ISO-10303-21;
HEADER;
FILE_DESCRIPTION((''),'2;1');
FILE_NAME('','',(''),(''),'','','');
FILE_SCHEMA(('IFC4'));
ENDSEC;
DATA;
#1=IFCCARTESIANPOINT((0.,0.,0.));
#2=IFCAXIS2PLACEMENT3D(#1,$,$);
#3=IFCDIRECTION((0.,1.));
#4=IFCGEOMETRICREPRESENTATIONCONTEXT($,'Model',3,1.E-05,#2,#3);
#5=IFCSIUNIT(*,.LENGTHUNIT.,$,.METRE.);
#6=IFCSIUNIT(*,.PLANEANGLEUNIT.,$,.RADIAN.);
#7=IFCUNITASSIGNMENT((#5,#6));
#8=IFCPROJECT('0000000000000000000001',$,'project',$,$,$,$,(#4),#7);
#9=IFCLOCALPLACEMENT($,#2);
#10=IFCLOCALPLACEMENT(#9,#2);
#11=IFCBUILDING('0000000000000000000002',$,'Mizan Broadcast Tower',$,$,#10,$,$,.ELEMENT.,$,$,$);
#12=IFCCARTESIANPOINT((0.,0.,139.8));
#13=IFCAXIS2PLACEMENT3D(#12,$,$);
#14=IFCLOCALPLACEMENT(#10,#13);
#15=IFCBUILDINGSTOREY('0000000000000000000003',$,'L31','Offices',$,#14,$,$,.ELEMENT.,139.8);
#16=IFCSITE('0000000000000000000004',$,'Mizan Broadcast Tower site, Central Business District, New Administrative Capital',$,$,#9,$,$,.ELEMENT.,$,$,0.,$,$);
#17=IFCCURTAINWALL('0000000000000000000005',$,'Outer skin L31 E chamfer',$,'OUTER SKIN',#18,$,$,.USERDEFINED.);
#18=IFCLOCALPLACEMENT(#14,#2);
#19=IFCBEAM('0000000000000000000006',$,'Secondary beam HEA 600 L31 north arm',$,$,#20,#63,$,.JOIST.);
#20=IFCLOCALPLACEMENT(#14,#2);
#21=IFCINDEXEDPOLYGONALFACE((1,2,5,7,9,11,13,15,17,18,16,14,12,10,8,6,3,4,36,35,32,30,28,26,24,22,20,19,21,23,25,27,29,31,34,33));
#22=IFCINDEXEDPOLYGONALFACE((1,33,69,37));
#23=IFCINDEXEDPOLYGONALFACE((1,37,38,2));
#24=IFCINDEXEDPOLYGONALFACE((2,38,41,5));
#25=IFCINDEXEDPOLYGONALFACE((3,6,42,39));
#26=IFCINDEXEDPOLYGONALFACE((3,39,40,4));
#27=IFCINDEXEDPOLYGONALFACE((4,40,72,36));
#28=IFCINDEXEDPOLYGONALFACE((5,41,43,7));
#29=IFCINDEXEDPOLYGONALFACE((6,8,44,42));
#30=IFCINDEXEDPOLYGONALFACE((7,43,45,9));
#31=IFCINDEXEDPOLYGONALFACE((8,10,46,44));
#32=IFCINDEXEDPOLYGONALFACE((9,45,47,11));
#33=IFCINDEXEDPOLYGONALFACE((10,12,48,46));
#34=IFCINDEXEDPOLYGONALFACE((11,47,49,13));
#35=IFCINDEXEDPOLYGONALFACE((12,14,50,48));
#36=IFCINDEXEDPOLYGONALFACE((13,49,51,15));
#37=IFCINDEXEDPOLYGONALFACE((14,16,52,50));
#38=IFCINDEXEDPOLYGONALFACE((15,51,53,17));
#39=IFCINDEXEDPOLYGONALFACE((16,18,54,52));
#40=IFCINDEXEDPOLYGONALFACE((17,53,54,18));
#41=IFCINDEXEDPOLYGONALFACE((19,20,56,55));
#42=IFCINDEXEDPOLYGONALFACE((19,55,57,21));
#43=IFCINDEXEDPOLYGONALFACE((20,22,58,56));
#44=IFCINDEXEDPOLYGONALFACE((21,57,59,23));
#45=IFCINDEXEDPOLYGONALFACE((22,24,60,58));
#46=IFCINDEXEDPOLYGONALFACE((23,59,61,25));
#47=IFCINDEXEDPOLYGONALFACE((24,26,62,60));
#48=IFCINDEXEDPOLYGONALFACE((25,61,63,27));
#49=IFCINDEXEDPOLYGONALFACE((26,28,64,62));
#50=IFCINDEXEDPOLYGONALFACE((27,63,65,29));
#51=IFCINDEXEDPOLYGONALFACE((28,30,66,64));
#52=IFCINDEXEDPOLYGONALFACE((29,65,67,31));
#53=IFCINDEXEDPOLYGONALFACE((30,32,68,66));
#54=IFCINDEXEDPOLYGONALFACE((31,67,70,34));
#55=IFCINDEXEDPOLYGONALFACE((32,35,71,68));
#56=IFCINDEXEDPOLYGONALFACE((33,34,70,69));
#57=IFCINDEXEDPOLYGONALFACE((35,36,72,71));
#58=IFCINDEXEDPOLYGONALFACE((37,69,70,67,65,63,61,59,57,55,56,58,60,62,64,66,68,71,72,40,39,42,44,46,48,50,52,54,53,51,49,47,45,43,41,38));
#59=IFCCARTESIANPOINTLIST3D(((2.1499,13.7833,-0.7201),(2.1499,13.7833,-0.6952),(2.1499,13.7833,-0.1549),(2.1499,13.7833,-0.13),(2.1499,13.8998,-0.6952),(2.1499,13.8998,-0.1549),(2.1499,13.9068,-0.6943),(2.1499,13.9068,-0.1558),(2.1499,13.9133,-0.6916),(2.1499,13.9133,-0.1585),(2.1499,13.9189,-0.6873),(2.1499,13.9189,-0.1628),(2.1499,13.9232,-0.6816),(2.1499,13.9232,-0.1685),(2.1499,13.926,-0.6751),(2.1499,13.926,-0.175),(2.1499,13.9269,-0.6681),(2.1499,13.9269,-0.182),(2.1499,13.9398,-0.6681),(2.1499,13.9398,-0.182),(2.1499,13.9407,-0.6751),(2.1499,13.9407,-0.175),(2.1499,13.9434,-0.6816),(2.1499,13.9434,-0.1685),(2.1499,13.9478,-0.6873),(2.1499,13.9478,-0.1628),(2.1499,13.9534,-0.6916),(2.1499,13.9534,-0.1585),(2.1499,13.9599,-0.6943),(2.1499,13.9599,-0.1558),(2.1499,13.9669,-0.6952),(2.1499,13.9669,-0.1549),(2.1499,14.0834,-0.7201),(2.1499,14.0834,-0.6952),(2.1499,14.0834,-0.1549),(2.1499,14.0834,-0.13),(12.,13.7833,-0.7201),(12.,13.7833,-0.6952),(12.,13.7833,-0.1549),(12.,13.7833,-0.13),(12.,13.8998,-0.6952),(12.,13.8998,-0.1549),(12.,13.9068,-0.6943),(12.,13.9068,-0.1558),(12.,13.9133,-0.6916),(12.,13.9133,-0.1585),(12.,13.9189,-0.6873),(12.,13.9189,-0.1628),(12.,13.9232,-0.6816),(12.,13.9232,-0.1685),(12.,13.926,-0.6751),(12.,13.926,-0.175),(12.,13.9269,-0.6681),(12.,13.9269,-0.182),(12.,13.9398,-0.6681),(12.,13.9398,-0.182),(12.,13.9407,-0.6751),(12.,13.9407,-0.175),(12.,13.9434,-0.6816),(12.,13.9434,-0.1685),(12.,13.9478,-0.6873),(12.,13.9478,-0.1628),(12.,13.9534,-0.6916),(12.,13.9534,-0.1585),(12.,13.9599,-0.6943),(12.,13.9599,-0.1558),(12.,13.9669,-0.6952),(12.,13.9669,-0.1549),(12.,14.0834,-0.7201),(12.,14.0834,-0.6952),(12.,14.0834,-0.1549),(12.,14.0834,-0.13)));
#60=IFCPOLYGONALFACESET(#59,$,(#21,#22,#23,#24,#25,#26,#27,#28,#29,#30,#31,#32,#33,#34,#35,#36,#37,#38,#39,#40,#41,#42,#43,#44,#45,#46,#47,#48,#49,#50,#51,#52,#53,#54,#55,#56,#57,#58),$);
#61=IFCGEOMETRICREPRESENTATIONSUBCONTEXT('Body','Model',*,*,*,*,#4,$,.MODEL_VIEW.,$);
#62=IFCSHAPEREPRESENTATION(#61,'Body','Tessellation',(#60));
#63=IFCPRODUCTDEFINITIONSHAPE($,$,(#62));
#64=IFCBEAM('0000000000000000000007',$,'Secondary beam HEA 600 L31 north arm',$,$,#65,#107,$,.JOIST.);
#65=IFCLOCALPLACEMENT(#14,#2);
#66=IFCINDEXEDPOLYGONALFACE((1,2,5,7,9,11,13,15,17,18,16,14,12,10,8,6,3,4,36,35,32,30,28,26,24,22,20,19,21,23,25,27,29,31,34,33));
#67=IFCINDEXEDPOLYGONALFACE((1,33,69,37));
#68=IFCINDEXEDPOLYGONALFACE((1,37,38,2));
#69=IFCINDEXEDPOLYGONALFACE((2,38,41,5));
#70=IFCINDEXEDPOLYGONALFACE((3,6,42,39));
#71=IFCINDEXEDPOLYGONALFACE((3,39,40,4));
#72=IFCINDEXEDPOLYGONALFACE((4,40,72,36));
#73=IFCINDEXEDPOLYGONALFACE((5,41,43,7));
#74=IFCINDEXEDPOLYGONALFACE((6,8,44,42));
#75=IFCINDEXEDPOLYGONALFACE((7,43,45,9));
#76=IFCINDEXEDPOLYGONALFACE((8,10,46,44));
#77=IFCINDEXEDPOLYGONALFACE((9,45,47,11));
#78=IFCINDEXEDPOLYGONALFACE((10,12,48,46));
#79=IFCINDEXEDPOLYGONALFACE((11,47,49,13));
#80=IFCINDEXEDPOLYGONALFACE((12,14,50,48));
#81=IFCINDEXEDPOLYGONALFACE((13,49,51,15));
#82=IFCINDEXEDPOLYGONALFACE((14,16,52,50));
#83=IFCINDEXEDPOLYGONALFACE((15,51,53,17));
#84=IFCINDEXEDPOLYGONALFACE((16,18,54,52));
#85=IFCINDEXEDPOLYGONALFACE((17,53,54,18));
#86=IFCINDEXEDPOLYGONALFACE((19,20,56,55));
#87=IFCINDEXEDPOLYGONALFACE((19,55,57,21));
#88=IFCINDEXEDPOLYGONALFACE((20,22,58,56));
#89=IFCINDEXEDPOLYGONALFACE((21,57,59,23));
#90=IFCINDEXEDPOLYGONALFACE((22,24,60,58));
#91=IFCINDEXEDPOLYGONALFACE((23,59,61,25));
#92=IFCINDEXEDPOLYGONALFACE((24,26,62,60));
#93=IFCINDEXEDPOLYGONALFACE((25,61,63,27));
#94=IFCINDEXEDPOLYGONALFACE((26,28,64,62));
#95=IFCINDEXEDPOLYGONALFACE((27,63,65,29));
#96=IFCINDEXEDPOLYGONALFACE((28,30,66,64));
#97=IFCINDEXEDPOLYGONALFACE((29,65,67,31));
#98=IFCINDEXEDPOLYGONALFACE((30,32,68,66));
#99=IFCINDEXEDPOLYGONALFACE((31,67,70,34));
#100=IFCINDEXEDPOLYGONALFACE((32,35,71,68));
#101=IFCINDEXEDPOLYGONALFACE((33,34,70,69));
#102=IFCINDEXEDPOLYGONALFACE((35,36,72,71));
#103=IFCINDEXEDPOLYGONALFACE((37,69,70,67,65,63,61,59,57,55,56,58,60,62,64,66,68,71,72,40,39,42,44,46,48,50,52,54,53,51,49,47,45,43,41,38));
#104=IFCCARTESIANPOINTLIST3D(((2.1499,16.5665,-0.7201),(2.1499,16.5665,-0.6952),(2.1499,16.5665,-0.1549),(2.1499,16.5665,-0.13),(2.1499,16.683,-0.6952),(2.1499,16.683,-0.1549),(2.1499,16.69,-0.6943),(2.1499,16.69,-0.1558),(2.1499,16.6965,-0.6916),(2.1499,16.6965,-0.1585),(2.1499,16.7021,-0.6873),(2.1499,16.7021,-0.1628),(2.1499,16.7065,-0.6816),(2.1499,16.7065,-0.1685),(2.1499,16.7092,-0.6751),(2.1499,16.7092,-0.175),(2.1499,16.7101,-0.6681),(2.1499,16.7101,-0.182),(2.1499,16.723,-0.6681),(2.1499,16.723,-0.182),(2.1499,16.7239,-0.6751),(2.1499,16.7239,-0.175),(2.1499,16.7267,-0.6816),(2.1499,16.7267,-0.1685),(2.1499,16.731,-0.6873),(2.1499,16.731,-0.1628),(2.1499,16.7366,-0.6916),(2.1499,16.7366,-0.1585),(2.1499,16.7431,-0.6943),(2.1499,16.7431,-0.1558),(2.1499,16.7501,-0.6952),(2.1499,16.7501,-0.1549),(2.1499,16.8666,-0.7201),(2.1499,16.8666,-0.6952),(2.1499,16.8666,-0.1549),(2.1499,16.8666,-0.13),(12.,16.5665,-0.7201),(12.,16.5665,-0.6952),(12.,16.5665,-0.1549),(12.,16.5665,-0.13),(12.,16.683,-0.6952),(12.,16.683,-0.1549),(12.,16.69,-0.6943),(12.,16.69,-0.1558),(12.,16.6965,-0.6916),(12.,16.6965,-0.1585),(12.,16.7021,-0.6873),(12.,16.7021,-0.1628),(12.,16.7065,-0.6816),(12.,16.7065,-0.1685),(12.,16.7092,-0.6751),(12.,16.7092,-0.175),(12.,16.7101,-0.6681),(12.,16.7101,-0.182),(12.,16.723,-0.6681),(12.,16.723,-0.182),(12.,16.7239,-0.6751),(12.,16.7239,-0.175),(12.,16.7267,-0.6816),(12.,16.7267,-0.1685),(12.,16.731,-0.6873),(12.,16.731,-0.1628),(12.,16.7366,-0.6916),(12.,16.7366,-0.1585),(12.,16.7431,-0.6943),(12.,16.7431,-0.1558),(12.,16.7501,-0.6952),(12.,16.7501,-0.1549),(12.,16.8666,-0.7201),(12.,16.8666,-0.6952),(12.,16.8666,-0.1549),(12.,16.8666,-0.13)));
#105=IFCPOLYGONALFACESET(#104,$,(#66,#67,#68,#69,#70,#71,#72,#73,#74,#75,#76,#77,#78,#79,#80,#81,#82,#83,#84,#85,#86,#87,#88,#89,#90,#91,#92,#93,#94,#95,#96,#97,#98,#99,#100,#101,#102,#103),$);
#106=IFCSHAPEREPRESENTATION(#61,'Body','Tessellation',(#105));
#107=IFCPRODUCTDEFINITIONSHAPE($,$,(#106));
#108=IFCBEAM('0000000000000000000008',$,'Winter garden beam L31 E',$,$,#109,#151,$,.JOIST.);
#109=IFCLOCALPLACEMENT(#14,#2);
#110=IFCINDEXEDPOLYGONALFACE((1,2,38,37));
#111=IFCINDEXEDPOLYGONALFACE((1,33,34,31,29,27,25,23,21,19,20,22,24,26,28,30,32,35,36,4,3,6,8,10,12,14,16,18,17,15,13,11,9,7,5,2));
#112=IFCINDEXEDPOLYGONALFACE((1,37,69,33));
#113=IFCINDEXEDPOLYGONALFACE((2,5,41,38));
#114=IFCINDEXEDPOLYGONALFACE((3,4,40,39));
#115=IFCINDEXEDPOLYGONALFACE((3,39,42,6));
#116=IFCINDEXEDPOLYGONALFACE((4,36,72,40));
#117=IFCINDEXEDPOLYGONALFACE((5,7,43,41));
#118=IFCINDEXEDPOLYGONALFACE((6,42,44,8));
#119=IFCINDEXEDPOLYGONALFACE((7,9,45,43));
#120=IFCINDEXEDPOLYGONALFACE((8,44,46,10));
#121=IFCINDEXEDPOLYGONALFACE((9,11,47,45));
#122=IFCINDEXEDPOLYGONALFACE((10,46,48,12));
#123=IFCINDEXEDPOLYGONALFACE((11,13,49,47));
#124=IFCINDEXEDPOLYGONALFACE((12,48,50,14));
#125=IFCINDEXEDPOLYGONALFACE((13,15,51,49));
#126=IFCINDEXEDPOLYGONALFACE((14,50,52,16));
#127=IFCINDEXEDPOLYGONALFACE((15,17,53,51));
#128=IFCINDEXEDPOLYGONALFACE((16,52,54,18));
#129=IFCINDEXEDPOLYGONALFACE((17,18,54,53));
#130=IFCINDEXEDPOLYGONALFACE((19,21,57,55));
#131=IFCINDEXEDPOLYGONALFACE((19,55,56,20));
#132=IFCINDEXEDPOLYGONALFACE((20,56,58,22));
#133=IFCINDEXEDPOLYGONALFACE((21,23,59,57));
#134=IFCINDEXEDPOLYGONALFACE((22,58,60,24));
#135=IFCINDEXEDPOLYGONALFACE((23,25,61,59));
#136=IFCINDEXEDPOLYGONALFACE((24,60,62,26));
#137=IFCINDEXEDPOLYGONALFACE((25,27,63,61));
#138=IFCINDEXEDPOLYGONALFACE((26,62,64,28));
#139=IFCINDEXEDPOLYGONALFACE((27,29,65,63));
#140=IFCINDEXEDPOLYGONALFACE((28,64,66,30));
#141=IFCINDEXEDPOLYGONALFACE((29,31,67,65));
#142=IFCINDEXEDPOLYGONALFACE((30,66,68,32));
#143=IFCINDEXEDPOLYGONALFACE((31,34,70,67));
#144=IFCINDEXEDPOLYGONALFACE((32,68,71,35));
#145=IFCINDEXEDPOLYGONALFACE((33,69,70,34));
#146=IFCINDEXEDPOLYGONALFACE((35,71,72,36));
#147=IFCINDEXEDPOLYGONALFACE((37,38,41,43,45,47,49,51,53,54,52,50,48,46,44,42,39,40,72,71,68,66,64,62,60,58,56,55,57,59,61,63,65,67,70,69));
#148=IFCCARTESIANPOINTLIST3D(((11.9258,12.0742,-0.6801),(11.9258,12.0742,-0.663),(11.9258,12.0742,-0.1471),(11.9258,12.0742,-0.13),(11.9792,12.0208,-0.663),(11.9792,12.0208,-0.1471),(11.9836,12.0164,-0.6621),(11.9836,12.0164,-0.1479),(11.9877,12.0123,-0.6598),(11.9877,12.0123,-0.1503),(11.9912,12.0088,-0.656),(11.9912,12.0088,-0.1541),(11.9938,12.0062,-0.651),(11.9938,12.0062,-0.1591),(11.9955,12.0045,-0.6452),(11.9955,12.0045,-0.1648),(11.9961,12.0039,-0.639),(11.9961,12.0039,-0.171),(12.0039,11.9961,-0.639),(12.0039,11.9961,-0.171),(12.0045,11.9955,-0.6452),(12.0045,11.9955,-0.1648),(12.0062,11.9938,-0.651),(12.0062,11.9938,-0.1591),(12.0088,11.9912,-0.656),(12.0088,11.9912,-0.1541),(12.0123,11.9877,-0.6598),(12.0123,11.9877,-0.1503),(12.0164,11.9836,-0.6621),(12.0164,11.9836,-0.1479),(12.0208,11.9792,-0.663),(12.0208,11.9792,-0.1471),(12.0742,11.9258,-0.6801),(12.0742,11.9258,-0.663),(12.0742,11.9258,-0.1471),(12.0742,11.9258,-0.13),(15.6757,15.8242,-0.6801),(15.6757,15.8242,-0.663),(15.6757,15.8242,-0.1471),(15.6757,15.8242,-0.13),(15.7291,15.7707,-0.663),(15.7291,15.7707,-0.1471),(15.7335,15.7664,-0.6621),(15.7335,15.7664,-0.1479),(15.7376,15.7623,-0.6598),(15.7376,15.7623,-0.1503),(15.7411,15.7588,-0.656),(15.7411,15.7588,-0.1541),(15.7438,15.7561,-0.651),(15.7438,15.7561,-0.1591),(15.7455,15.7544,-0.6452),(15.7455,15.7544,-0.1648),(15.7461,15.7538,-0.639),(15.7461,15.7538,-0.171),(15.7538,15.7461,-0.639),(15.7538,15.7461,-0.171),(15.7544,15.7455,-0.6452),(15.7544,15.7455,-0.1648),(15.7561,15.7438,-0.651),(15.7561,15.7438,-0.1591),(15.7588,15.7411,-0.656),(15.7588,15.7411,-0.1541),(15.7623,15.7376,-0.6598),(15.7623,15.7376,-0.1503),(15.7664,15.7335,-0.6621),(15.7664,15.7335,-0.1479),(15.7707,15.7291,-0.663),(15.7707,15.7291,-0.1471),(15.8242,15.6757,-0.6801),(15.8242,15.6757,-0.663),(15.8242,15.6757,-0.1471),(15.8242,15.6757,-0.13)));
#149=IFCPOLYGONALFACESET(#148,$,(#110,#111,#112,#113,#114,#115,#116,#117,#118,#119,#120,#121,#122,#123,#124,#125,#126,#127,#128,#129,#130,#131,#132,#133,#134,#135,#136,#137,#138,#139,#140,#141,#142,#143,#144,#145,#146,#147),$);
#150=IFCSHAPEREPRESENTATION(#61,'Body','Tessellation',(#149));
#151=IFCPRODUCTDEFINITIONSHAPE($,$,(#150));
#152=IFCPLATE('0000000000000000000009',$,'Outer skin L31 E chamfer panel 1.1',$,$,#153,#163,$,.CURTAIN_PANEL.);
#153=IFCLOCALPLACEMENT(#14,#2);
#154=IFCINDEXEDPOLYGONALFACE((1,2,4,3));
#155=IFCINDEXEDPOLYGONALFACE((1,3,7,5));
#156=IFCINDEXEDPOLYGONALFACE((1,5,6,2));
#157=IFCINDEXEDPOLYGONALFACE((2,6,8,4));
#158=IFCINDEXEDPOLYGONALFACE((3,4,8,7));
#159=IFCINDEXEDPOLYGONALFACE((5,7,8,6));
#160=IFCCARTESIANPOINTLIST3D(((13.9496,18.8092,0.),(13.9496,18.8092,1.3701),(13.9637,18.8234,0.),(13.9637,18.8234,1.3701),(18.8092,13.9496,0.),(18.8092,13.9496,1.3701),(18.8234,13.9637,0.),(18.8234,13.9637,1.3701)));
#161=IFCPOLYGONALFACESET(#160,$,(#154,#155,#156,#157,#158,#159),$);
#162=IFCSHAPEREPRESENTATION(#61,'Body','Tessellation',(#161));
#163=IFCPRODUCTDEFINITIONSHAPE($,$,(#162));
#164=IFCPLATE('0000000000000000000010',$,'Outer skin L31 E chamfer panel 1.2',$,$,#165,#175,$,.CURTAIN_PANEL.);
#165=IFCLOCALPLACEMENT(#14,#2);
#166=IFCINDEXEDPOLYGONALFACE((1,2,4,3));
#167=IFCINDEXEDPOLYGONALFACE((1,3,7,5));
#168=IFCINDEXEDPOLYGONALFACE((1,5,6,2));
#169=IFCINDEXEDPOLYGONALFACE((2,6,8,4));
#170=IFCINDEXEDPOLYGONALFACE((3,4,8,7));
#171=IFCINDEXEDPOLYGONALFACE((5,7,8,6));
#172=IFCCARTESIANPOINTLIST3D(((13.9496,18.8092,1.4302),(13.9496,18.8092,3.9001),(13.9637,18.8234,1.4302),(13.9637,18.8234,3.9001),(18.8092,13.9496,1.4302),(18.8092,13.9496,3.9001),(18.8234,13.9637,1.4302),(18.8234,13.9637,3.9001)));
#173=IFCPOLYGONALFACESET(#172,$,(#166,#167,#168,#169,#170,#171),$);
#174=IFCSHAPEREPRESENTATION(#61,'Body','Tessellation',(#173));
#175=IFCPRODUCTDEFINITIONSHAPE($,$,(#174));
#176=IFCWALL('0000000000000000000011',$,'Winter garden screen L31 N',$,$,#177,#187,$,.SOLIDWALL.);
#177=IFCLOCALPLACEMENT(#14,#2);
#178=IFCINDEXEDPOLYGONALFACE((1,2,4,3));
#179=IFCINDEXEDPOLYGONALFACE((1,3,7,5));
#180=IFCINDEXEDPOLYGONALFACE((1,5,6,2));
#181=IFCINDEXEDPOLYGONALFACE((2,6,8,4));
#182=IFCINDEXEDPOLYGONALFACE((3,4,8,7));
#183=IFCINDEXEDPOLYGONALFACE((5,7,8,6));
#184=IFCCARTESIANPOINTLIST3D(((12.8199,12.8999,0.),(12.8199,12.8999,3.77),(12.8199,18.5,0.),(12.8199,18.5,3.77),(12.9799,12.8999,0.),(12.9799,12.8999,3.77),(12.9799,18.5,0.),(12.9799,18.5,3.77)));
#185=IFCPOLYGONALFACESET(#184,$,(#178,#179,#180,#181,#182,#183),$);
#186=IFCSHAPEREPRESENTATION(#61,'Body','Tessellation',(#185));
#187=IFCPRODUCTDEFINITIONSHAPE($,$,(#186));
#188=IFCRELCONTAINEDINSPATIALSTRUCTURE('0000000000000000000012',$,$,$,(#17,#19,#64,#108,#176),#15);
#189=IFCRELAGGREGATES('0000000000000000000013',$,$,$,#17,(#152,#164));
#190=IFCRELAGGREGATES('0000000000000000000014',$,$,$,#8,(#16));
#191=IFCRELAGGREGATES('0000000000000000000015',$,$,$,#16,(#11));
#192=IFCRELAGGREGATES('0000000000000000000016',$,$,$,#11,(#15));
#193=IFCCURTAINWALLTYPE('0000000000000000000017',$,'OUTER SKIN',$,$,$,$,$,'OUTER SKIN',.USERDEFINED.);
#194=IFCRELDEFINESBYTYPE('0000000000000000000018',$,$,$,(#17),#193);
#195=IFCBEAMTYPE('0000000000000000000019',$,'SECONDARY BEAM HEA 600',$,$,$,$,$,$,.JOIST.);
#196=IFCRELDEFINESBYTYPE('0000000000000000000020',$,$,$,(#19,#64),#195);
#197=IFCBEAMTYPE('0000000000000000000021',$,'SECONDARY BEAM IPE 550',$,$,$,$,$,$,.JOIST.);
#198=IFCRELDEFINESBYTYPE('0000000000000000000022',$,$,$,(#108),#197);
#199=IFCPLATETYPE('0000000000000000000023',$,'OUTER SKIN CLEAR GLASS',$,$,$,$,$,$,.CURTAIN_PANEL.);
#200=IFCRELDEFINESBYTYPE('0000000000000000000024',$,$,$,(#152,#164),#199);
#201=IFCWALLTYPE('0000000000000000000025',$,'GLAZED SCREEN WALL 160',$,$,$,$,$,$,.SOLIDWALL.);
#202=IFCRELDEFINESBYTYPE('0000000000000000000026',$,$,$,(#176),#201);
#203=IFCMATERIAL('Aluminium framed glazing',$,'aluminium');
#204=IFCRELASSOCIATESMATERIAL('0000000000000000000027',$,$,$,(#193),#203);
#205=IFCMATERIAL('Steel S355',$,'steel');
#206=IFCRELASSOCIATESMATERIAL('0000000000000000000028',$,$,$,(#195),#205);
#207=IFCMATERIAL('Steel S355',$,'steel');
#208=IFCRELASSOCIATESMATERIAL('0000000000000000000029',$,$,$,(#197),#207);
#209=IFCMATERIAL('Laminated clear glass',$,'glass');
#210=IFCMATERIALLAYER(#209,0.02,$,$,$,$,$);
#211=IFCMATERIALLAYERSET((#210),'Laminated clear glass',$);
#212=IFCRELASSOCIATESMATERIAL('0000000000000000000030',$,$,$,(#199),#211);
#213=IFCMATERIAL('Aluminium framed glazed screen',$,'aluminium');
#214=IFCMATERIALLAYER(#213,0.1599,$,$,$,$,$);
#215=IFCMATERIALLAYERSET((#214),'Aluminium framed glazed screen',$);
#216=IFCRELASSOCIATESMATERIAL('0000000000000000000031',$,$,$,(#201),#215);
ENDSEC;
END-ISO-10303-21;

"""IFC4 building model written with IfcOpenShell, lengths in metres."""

from ifc_helpers import new_model, si_unit, direction, frame, frame_2d, origin, origin_2d, place, context, subcontext, project, spatial, rectangle, i_section, extrude, material, layer, layer_set, material_profile, profile_set, type_object, element, aggregate, save


model = new_model("IFC4")

# Units and contexts
model_context = context("Model", 3, precision=1e-05, world=origin(), true_north=direction((0.0, 1.0)))
body_context = subcontext(model_context, "Body", "Model", "MODEL_VIEW")
ifc_project = project(units=[si_unit("LENGTHUNIT", "METRE"), si_unit("PLANEANGLEUNIT", "RADIAN")], contexts=[model_context])

# Site, building, storey
site_placement = place(None, origin())
site = spatial("IfcSite", under=ifc_project, at=site_placement, Name="Mizan Broadcast Tower site, Central Business District, New Administrative Capital", CompositionType="ELEMENT", RefElevation=0.0)
building_placement = place(site_placement, origin())
building = spatial("IfcBuilding", under=site, at=building_placement, Name="Mizan Broadcast Tower", CompositionType="ELEMENT")
storey_placement = place(building_placement, frame((0.0, 0.0, 139.8)))
storey = spatial("IfcBuildingStorey", under=building, at=storey_placement, Name="L31", Description="Offices", CompositionType="ELEMENT", Elevation=139.8)

# Curtain wall
ifc_material_1 = material(Name="Aluminium framed glazing", Category="aluminium")
curtain_wall_type_1 = type_object("IfcCurtainWallType", Name="OUTER SKIN", ElementType="OUTER SKIN", PredefinedType="USERDEFINED", material=ifc_material_1)
curtain_wall_1_placement = place(storey_placement, origin())
curtain_wall_1 = element("IfcCurtainWall", 1, at=curtain_wall_1_placement, inside=storey, type_object=curtain_wall_type_1, Name="Outer skin L31 E chamfer", ObjectType="OUTER SKIN", PredefinedType="USERDEFINED")

# Beams
ifc_material_2 = material(Name="Steel S355", Category="steel")
ifc_material_profile_1 = material_profile(ifc_material_2, i_section(OverallWidth=0.3, OverallDepth=0.5901, WebThickness=0.0129, FlangeThickness=0.0249, FilletRadius=0.0271, at=origin_2d()), Name="HEA 600")
ifc_profile_set_1 = profile_set([ifc_material_profile_1], Name="Steel S355")
beam_type_1 = type_object("IfcBeamType", Name="SECONDARY BEAM HEA 600", PredefinedType="JOIST", material=ifc_profile_set_1)
for number, where, z_axis, x_axis, name in (
    (2, (12.0, 13.9333, -0.425), (-1.0, 0.0, 0.0), (0.0, -1.0, 0.0), "Secondary beam HEA 600 L31 north arm"),
    (3, (12.0, 16.7166, -0.425), (-1.0, 0.0, 0.0), (0.0, -1.0, 0.0), "Secondary beam HEA 600 L31 north arm"),
):
    element("IfcBeam", number, at=place(storey_placement, frame(where, z_axis=z_axis, x_axis=x_axis)), inside=storey, type_object=beam_type_1, Name=name, PredefinedType="JOIST", context=body_context, shape_type="SweptSolid", body=[
        extrude(i_section(OverallWidth=0.3, OverallDepth=0.5901, WebThickness=0.0129, FlangeThickness=0.0249, FilletRadius=0.0271, at=origin_2d()), origin(), (0.0, 0.0, 1.0), 9.8501),
    ])
ifc_material_3 = material(Name="Steel S355", Category="steel")
ifc_material_profile_2 = material_profile(ifc_material_3, i_section(OverallWidth=0.21, OverallDepth=0.55, WebThickness=0.011, FlangeThickness=0.0171, FilletRadius=0.0239, at=origin_2d()), Name="IPE 550")
ifc_profile_set_2 = profile_set([ifc_material_profile_2], Name="Steel S355")
beam_type_2 = type_object("IfcBeamType", Name="SECONDARY BEAM IPE 550", PredefinedType="JOIST", material=ifc_profile_set_2)
beam_1_placement = place(storey_placement, frame((12.0, 12.0, -0.405), z_axis=(0.707107, 0.707107, 0.0), x_axis=(-0.707107, 0.707107, 0.0)))
element("IfcBeam", 4, at=beam_1_placement, inside=storey, type_object=beam_type_2, Name="Winter garden beam L31 E", PredefinedType="JOIST", context=body_context, shape_type="SweptSolid", body=[
    extrude(i_section(OverallWidth=0.21, OverallDepth=0.55, WebThickness=0.011, FlangeThickness=0.0171, FilletRadius=0.0239, at=origin_2d()), origin(), (0.0, 0.0, 1.0), 5.3032),
])

# Plates
ifc_material_4 = material(Name="Laminated clear glass", Category="glass")
ifc_layer_1 = layer(ifc_material_4, 0.02)
ifc_layer_set_1 = layer_set([ifc_layer_1], Name="Laminated clear glass")
plate_type = type_object("IfcPlateType", Name="OUTER SKIN CLEAR GLASS", PredefinedType="CURTAIN_PANEL", material=ifc_layer_set_1)
plate_1_placement = place(storey_placement, frame((16.3865, 16.3865, 0.0), z_axis=(0.0, 0.0, 1.0), x_axis=(-0.707107, 0.707107, 0.0)))
plate_1 = element("IfcPlate", 5, at=plate_1_placement, type_object=plate_type, Name="Outer skin L31 E chamfer panel 1.1", PredefinedType="CURTAIN_PANEL", context=body_context, shape_type="SweptSolid", body=[
    extrude(rectangle(XDim=6.8726, YDim=0.02, at=origin_2d()), origin(), (0.0, 0.0, 1.0), 1.3701),
])
plate_2_placement = place(storey_placement, frame((16.3865, 16.3865, 1.4302), z_axis=(0.0, 0.0, 1.0), x_axis=(-0.707107, 0.707107, 0.0)))
plate_2 = element("IfcPlate", 6, at=plate_2_placement, type_object=plate_type, Name="Outer skin L31 E chamfer panel 1.2", PredefinedType="CURTAIN_PANEL", context=body_context, shape_type="SweptSolid", body=[
    extrude(rectangle(XDim=6.8726, YDim=0.02, at=origin_2d()), origin(), (0.0, 0.0, 1.0), 2.47),
])
aggregate(curtain_wall_1, [plate_1, plate_2])

# Wall
ifc_material_5 = material(Name="Aluminium framed glazed screen", Category="aluminium")
ifc_layer_2 = layer(ifc_material_5, 0.1599)
ifc_layer_set_2 = layer_set([ifc_layer_2], Name="Aluminium framed glazed screen")
wall_type_1 = type_object("IfcWallType", Name="GLAZED SCREEN WALL 160", PredefinedType="SOLIDWALL", material=ifc_layer_set_2)
wall_1_placement = place(storey_placement, frame((12.8999, 12.8999, 0.0), z_axis=(0.0, 0.0, 1.0), x_axis=(0.0, 1.0, 0.0)))
element("IfcWall", 7, at=wall_1_placement, inside=storey, type_object=wall_type_1, Name="Winter garden screen L31 N", PredefinedType="SOLIDWALL", context=body_context, shape_type="SweptSolid", body=[
    extrude(rectangle(XDim=5.6001, YDim=0.1599, at=frame_2d((2.8, 0.0))), origin(), (0.0, 0.0, 1.0), 3.77),
])

save(model, "model.ifc")
